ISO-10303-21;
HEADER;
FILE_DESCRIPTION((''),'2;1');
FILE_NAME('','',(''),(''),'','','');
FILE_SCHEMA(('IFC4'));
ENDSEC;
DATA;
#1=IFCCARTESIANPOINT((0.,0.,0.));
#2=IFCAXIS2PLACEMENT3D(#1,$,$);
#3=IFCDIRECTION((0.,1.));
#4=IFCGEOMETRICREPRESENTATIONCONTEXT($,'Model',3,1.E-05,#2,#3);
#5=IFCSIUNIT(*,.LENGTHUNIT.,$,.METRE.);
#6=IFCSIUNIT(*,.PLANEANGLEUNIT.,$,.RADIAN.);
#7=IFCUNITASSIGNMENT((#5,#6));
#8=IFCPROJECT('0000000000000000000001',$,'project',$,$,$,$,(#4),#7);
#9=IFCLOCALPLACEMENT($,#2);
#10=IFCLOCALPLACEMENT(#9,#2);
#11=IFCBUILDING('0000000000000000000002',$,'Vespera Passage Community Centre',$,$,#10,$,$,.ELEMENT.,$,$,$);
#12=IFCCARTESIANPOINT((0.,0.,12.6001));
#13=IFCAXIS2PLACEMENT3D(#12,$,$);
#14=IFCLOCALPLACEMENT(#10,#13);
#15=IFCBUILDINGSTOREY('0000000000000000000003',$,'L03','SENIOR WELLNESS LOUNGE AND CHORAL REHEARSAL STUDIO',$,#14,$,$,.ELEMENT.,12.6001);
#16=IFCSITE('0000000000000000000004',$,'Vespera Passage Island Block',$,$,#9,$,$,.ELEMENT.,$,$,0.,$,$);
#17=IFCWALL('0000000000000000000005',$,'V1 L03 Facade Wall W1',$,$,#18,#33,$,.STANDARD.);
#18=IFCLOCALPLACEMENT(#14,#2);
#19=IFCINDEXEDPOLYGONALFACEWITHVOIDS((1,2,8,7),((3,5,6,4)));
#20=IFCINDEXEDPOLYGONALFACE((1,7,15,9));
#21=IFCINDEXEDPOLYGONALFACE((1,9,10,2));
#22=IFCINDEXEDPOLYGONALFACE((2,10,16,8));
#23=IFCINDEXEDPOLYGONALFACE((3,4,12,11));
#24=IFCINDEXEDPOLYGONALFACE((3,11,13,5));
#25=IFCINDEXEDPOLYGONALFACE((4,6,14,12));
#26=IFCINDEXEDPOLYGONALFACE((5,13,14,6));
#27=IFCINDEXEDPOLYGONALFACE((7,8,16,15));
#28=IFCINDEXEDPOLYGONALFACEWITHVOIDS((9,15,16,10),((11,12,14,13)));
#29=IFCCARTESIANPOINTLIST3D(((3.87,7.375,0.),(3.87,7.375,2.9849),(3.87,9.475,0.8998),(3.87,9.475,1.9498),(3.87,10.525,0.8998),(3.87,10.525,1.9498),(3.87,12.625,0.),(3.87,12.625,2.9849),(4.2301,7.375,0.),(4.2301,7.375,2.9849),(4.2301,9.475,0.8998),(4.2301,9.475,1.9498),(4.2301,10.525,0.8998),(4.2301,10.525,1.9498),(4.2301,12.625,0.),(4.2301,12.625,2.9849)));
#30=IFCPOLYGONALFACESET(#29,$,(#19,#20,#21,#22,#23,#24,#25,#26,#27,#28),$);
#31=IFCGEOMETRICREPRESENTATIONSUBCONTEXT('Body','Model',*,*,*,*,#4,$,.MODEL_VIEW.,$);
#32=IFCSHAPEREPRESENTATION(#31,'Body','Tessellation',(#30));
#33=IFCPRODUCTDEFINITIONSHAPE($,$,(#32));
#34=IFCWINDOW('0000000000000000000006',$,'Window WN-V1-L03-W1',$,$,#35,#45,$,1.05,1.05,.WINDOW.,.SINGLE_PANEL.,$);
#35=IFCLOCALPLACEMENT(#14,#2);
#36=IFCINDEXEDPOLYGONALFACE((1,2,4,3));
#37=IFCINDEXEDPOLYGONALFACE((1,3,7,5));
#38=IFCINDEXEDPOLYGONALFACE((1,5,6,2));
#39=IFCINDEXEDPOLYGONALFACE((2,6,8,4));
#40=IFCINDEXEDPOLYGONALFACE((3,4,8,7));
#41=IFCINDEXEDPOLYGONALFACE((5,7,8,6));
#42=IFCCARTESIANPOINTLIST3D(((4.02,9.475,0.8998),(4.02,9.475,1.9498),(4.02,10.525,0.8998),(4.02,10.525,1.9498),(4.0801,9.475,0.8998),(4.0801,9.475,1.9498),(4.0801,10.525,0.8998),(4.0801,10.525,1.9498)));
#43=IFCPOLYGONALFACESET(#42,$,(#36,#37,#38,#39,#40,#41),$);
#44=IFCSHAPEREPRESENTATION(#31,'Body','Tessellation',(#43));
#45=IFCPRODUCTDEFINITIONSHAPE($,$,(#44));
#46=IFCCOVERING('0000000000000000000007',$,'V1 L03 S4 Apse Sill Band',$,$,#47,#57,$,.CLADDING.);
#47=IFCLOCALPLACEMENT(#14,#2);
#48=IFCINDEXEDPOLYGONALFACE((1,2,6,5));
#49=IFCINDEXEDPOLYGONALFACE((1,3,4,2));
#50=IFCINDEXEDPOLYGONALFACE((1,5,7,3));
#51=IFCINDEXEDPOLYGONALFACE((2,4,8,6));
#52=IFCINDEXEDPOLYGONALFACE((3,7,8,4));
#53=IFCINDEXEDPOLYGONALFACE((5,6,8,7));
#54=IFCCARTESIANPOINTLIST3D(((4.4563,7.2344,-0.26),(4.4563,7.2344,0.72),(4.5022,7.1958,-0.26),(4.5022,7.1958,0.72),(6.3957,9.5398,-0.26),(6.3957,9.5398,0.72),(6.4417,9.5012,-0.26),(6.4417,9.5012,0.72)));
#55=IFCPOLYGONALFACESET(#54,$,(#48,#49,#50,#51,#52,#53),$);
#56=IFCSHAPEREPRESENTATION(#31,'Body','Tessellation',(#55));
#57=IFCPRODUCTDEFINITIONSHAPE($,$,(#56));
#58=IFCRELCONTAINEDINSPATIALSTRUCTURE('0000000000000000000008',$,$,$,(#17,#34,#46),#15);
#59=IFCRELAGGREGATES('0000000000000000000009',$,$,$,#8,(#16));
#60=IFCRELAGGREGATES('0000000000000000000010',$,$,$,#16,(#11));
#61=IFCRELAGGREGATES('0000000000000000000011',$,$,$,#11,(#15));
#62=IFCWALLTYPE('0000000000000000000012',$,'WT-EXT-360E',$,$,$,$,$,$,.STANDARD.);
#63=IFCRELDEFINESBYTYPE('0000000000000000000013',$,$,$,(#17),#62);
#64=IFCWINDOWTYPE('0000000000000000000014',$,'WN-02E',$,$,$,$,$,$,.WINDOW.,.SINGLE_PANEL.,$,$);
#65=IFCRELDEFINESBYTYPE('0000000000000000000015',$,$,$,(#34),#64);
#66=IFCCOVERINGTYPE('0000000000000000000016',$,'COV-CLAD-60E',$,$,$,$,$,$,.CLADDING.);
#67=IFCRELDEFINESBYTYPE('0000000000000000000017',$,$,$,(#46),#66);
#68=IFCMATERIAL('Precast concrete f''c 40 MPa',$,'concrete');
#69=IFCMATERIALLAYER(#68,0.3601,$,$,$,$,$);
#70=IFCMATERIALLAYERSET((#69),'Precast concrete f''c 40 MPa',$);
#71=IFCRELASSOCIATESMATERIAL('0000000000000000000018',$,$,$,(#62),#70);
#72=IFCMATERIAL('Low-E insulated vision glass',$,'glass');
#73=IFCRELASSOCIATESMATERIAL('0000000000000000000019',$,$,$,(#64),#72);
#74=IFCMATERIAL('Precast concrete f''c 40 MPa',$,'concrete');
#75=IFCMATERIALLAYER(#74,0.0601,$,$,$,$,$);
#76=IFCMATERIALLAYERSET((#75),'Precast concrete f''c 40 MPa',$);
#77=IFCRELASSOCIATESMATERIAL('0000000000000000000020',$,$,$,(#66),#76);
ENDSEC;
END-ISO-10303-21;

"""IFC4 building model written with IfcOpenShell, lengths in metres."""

from ifc_helpers import new_model, si_unit, direction, frame, frame_2d, origin, place, context, subcontext, project, spatial, rectangle, extrude, material, layer, layer_set, type_object, element, fill, save


model = new_model("IFC4")

# Units and contexts
model_context = context("Model", 3, precision=1e-05, world=origin(), true_north=direction((0.0, 1.0)))
body_context = subcontext(model_context, "Body", "Model", "MODEL_VIEW")
ifc_project = project(units=[si_unit("LENGTHUNIT", "METRE"), si_unit("PLANEANGLEUNIT", "RADIAN")], contexts=[model_context])

# Site, building, storey
site_placement = place(None, origin())
site = spatial("IfcSite", under=ifc_project, at=site_placement, Name="Vespera Passage Island Block", CompositionType="ELEMENT", RefElevation=0.0)
building_placement = place(site_placement, origin())
building = spatial("IfcBuilding", under=site, at=building_placement, Name="Vespera Passage Community Centre", CompositionType="ELEMENT")
storey_placement = place(building_placement, frame((0.0, 0.0, 12.6001)))
storey = spatial("IfcBuildingStorey", under=building, at=storey_placement, Name="L03", Description="SENIOR WELLNESS LOUNGE AND CHORAL REHEARSAL STUDIO", CompositionType="ELEMENT", Elevation=12.6001)

# Wall, opening, window
ifc_material_1 = material(Name="Precast concrete f'c 40 MPa", Category="concrete")
ifc_layer_1 = layer(ifc_material_1, 0.3601)
ifc_layer_set_1 = layer_set([ifc_layer_1], Name="Precast concrete f'c 40 MPa")
wall_type = type_object("IfcWallType", Name="WT-EXT-360E", PredefinedType="STANDARD", material=ifc_layer_set_1)
wall_placement = place(storey_placement, frame((4.05, 7.375, 0.0), z_axis=(0.0, 0.0, 1.0), x_axis=(0.0, 1.0, 0.0)))
wall = element("IfcWall", 1, at=wall_placement, inside=storey, type_object=wall_type, Name="V1 L03 Facade Wall W1", PredefinedType="STANDARD", context=body_context, shape_type="SweptSolid", body=[
    extrude(rectangle(XDim=5.25, YDim=0.3601, at=frame_2d((2.625, 0.0))), origin(), (0.0, 0.0, 1.0), 2.9849),
])
opening_placement = place(wall_placement, frame((2.1001, 0.0, 0.8999)))
opening = element("IfcOpeningElement", 2, at=opening_placement, cuts=wall, PredefinedType="OPENING", context=body_context, shape_type="SweptSolid", body=[
    extrude(rectangle(XDim=1.05, YDim=1.05, at=frame_2d((0.5249, 0.5249))), frame((0.0, 0.1902, 0.0), z_axis=(0.0, -1.0, 0.0), x_axis=(1.0, 0.0, 0.0)), (0.0, 0.0, 1.0), 0.3801),
])
ifc_material_2 = material(Name="Low-E insulated vision glass", Category="glass")
window_type = type_object("IfcWindowType", Name="WN-02E", PartitioningType="SINGLE_PANEL", PredefinedType="WINDOW", material=ifc_material_2)
window_placement = place(opening_placement, origin())
window = element("IfcWindow", 3, at=window_placement, inside=storey, type_object=window_type, Name="Window WN-V1-L03-W1", OverallHeight=1.05, OverallWidth=1.05, PartitioningType="SINGLE_PANEL", PredefinedType="WINDOW", context=body_context, shape_type="SweptSolid", body=[
    extrude(rectangle(XDim=1.05, YDim=1.05, at=frame_2d((0.5249, 0.5249))), frame((0.0, 0.03, 0.0), z_axis=(0.0, -1.0, 0.0), x_axis=(1.0, 0.0, 0.0)), (0.0, 0.0, 1.0), 0.0601),
])
fill(opening, window)

# Covering
ifc_material_3 = material(Name="Precast concrete f'c 40 MPa", Category="concrete")
ifc_layer_2 = layer(ifc_material_3, 0.0601)
ifc_layer_set_2 = layer_set([ifc_layer_2], Name="Precast concrete f'c 40 MPa")
covering_type = type_object("IfcCoveringType", Name="COV-CLAD-60E", PredefinedType="CLADDING", material=ifc_layer_set_2)
covering_placement = place(storey_placement, frame((6.4187, 9.5205, -0.26), z_axis=(0.0, 0.0, 1.0), x_axis=(-0.643756, -0.765231, 0.0)))
element("IfcCovering", 4, at=covering_placement, inside=storey, type_object=covering_type, Name="V1 L03 S4 Apse Sill Band", PredefinedType="CLADDING", context=body_context, shape_type="SweptSolid", body=[
    extrude(rectangle(XDim=3.0127, YDim=0.0601, at=frame_2d((1.5063, 0.0))), origin(), (0.0, 0.0, 1.0), 0.98),
])

save(model, "model.ifc")
